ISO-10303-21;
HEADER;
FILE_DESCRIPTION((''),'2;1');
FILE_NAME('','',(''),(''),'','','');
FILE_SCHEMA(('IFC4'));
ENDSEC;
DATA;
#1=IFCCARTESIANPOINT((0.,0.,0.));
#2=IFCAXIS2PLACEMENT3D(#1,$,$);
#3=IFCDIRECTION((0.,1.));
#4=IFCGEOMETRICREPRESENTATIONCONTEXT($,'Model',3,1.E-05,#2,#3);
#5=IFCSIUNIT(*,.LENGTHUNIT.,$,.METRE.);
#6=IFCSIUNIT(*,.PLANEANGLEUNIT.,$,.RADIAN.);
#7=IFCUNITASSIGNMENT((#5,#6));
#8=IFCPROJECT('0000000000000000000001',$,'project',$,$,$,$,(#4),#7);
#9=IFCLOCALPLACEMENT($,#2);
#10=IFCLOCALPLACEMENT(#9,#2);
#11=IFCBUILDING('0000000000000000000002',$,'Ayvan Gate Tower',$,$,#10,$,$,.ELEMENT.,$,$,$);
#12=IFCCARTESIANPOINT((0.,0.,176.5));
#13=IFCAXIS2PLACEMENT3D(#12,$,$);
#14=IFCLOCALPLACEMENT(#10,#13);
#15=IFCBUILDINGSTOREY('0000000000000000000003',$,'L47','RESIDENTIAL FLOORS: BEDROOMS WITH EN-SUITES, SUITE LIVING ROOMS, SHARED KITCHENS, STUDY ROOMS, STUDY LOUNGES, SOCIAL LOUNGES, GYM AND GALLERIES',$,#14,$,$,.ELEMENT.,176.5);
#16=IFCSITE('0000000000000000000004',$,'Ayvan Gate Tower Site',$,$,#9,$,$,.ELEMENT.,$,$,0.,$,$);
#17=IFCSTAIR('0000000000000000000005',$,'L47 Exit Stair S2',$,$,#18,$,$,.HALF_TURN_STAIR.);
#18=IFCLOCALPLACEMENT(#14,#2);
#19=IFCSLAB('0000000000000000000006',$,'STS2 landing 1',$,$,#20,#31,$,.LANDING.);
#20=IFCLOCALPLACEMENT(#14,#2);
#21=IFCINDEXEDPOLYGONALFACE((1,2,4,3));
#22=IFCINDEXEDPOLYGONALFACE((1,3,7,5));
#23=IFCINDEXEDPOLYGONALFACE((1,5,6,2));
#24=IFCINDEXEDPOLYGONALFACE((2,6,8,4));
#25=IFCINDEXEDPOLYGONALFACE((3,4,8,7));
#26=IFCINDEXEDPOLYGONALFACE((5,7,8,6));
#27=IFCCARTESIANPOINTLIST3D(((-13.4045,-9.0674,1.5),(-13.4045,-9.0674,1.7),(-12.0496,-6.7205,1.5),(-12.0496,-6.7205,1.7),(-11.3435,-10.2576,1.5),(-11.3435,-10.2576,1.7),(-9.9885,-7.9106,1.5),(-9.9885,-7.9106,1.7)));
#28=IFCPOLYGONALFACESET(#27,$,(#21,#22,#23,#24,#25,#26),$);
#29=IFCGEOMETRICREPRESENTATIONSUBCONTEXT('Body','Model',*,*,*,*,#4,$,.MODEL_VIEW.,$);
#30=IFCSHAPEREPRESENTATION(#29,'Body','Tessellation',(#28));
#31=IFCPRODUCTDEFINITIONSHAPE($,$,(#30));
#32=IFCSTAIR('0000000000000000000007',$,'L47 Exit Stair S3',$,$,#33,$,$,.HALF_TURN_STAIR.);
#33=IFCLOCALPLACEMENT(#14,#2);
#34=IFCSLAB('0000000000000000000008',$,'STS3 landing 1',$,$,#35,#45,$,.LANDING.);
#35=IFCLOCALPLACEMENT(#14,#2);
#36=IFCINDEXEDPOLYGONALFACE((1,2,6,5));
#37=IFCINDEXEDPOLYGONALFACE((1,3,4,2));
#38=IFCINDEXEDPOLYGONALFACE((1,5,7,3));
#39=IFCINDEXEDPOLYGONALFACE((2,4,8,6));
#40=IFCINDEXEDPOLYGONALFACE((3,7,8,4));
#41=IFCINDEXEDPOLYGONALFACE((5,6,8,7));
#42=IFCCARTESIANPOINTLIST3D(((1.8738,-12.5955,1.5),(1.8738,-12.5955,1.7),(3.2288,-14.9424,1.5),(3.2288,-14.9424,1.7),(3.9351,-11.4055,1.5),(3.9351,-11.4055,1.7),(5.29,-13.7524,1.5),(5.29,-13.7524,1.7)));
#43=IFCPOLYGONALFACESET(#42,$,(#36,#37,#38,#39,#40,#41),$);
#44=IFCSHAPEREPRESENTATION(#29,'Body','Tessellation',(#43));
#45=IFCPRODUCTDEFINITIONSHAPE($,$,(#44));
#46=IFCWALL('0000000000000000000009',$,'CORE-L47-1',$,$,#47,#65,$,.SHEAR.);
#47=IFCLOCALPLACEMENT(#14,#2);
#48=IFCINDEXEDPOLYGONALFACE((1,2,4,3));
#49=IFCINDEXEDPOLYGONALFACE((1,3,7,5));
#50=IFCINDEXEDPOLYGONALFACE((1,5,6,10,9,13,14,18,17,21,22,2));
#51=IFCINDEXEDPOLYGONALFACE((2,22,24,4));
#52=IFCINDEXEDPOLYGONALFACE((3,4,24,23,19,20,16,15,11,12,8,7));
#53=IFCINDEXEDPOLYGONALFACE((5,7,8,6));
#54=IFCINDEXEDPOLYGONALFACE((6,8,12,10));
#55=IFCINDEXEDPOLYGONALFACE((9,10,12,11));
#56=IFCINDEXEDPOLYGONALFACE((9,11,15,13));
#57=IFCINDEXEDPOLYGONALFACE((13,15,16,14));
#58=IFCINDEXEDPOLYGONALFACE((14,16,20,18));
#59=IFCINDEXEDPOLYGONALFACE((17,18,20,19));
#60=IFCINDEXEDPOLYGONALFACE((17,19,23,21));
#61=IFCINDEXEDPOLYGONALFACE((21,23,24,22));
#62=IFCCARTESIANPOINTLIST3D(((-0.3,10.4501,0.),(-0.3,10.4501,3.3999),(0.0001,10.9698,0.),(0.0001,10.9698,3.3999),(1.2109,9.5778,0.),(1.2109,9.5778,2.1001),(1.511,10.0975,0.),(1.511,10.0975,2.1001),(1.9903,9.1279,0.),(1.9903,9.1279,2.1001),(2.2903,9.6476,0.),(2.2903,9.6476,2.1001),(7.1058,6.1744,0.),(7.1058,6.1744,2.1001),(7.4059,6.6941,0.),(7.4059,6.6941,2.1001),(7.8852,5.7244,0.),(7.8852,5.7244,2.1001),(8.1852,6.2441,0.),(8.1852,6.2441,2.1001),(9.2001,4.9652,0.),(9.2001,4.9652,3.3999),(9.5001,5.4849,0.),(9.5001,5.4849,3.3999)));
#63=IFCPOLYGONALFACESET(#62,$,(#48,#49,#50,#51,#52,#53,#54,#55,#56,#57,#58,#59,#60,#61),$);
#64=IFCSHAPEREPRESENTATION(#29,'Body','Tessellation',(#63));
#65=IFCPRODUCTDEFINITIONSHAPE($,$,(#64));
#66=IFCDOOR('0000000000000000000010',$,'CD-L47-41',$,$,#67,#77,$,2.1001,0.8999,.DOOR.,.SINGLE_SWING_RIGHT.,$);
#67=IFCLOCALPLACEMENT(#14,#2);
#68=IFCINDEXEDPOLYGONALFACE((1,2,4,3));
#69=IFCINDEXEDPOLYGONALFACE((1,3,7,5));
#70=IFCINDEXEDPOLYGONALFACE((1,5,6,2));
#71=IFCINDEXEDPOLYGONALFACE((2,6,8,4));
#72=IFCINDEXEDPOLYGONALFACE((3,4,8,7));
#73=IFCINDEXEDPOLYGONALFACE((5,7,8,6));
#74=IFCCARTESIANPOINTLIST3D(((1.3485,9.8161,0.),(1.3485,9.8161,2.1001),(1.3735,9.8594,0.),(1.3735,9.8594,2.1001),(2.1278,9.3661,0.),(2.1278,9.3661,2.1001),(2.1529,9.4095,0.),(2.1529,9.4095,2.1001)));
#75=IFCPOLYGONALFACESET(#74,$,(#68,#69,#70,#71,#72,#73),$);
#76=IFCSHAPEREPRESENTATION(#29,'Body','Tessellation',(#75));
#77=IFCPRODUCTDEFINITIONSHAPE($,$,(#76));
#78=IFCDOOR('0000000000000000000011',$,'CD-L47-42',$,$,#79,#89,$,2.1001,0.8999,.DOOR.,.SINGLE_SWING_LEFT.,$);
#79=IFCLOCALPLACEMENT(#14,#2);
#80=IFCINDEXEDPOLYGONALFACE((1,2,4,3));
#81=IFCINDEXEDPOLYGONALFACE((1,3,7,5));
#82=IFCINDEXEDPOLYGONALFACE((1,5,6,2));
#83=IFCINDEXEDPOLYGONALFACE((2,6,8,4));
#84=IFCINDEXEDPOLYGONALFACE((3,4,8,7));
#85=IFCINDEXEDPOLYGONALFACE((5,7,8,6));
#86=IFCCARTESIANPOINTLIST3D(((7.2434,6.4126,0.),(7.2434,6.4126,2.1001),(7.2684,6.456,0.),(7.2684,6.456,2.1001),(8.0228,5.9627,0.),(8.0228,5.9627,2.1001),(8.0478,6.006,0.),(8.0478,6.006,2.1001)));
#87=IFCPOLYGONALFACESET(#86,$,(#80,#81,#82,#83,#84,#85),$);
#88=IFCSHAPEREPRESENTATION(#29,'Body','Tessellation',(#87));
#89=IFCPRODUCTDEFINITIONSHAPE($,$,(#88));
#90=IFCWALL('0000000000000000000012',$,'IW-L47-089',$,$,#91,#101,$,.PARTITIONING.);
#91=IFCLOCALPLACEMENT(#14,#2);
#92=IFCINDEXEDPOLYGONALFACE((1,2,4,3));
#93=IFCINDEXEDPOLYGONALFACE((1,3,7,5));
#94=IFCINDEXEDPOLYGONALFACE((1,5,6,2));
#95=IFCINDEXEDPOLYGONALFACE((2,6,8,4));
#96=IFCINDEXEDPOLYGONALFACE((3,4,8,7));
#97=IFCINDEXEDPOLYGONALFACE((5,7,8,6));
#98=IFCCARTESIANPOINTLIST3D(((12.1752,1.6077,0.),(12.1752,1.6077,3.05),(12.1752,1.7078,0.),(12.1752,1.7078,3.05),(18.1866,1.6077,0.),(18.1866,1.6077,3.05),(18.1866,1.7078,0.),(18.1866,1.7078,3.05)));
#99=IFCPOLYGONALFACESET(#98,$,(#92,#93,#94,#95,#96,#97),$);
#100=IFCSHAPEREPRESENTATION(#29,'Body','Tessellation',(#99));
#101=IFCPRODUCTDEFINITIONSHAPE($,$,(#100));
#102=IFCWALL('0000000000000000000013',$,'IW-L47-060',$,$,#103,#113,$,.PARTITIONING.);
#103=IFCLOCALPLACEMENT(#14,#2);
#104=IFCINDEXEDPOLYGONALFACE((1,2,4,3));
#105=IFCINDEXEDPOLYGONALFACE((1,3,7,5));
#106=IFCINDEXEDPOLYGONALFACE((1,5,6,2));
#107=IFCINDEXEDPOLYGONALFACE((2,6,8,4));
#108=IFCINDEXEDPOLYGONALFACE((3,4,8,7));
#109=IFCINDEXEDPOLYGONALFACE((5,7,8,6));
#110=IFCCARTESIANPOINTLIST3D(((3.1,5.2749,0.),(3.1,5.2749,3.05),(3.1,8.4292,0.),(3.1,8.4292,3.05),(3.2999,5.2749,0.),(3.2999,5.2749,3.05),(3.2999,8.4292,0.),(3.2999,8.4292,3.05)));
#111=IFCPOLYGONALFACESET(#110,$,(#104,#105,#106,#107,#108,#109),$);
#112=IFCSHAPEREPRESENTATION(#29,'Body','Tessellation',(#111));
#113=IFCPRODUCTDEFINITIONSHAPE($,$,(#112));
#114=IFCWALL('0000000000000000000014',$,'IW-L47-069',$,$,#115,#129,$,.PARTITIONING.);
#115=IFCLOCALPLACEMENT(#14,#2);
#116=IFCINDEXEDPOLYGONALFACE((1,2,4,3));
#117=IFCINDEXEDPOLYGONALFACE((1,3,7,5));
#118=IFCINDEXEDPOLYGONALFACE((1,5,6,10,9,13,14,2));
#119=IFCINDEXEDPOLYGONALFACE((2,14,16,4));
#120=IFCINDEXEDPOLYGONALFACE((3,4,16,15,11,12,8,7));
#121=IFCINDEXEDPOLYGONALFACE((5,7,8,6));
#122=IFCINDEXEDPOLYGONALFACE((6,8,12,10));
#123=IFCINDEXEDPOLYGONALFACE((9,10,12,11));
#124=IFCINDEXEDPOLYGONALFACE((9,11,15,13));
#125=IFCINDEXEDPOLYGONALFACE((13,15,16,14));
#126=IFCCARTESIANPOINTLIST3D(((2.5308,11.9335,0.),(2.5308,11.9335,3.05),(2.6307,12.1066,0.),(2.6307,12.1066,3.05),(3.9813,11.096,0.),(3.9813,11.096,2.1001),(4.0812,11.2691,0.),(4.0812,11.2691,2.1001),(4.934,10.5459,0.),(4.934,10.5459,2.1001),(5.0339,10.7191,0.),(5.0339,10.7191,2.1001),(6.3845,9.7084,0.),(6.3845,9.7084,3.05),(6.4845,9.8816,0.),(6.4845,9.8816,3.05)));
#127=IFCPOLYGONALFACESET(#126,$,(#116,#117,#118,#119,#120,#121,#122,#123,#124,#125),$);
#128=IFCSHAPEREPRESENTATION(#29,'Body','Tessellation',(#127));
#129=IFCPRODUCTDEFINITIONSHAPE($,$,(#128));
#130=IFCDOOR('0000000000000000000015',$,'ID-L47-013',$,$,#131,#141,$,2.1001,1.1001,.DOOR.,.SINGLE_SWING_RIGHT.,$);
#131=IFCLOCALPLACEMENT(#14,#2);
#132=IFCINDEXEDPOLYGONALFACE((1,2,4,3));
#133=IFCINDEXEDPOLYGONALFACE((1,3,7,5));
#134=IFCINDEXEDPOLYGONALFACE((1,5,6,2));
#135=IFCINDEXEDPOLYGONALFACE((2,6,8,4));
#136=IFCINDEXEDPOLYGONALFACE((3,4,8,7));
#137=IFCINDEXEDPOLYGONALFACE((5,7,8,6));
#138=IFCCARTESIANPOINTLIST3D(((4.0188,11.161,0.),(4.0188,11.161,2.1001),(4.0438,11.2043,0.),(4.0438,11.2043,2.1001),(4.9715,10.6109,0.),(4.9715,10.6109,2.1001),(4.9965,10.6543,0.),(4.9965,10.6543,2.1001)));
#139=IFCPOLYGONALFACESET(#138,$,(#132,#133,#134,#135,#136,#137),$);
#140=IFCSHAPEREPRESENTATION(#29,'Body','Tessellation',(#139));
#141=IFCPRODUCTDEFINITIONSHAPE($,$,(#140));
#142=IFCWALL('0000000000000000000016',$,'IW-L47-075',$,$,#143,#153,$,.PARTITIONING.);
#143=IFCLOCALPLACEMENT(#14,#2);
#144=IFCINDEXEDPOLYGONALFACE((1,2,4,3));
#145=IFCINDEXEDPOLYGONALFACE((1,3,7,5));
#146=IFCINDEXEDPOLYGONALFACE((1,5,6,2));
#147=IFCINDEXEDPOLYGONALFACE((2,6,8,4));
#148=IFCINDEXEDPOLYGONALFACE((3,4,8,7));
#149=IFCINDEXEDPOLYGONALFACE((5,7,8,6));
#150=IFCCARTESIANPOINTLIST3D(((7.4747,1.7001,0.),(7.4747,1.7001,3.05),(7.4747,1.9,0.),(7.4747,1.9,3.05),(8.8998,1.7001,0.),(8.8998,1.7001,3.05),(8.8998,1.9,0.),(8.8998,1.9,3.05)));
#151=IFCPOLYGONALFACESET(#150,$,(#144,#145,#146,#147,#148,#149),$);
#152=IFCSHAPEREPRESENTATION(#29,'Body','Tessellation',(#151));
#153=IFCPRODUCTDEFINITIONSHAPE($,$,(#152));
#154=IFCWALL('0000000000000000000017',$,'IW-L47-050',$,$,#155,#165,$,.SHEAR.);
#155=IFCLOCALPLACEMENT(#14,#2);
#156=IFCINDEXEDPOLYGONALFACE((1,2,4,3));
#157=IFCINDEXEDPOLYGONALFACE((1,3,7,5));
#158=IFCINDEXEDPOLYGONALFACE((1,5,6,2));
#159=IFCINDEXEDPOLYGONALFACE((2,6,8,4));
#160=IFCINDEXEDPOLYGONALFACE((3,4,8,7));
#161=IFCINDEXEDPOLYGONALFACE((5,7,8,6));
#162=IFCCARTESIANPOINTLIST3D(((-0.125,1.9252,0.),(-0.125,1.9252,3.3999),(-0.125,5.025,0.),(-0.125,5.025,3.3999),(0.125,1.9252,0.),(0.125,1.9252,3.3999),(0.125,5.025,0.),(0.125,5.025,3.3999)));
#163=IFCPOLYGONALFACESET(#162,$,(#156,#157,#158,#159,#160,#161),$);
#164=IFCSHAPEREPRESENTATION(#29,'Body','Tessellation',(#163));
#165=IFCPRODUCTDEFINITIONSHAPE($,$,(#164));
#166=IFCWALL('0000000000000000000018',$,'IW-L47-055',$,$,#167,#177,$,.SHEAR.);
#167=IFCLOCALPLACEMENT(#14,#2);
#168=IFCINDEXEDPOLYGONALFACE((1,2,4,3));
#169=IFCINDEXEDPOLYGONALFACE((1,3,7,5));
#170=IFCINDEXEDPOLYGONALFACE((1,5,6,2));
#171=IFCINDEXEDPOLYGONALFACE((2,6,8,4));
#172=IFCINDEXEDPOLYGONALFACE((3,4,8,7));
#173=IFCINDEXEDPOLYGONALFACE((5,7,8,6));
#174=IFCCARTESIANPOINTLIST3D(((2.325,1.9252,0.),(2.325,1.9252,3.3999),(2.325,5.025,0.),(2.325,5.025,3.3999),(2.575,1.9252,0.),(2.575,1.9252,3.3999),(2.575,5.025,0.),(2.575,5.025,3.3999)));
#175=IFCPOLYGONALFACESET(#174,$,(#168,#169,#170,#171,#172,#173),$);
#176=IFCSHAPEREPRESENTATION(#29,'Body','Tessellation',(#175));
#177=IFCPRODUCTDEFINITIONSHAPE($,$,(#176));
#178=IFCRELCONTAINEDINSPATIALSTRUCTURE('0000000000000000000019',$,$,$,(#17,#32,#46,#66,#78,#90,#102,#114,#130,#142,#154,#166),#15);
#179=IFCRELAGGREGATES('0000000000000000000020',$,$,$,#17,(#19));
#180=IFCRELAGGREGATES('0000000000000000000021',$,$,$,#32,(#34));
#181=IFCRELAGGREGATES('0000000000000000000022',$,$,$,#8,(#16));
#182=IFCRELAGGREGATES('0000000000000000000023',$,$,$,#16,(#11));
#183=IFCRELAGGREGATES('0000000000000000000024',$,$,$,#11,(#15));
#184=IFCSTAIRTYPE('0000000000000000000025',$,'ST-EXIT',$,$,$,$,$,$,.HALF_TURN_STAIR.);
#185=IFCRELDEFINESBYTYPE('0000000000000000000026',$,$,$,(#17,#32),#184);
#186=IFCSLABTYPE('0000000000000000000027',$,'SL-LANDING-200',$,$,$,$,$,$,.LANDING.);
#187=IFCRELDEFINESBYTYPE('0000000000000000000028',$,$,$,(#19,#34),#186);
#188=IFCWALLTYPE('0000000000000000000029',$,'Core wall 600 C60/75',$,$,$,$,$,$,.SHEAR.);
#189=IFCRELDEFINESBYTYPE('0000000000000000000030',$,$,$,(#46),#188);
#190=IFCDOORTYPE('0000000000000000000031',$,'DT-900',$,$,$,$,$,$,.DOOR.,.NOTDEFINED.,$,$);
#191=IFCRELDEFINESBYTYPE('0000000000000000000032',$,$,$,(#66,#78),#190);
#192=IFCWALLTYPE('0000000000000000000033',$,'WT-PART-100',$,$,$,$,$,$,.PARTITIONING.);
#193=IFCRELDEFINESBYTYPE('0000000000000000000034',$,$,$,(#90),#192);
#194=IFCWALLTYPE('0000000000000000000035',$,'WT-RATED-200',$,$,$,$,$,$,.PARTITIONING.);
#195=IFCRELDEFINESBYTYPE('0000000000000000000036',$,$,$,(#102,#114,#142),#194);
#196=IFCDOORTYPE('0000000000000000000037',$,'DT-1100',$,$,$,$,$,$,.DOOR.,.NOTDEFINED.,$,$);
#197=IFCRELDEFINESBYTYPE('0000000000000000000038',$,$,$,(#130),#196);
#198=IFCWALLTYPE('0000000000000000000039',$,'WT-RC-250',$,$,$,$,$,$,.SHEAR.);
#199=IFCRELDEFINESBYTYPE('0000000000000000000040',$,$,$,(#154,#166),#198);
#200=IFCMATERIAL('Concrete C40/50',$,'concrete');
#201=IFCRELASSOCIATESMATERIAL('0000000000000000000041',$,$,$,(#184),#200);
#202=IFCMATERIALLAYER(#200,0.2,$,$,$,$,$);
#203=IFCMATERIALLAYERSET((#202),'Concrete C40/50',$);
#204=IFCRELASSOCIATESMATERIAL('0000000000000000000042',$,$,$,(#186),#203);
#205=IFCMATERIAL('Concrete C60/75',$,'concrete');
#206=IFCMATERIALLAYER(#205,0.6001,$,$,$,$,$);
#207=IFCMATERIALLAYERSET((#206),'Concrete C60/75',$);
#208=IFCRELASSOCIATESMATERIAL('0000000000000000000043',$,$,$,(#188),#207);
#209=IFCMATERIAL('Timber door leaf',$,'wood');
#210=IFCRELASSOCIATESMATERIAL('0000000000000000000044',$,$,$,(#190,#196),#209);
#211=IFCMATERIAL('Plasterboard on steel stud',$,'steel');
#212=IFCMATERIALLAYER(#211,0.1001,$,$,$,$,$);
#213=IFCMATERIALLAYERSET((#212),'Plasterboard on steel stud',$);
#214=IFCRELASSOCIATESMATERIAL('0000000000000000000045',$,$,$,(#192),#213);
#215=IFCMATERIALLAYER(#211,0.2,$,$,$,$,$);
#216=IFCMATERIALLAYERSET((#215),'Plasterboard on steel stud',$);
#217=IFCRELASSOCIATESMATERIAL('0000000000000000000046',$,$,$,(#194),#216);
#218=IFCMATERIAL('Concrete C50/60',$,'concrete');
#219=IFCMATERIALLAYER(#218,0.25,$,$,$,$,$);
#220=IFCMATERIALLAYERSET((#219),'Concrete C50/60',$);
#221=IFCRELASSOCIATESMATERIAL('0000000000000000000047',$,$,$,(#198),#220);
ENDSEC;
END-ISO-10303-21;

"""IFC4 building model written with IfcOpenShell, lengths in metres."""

from ifc_helpers import new_model, si_unit, direction, frame, frame_2d, origin, place, context, subcontext, project, spatial, polyline, rectangle, outline, extrude, material, layer, layer_set, type_object, element, fill, aggregate, save


model = new_model("IFC4")

# Units and contexts
model_context = context("Model", 3, precision=1e-05, world=origin(), true_north=direction((0.0, 1.0)))
body_context = subcontext(model_context, "Body", "Model", "MODEL_VIEW")
ifc_project = project(units=[si_unit("LENGTHUNIT", "METRE"), si_unit("PLANEANGLEUNIT", "RADIAN")], contexts=[model_context])

# Site, building, storey
site_placement = place(None, origin())
site = spatial("IfcSite", under=ifc_project, at=site_placement, Name="Ayvan Gate Tower Site", CompositionType="ELEMENT", RefElevation=0.0)
building_placement = place(site_placement, origin())
building = spatial("IfcBuilding", under=site, at=building_placement, Name="Ayvan Gate Tower", CompositionType="ELEMENT")
storey_placement = place(building_placement, frame((0.0, 0.0, 176.5)))
storey = spatial("IfcBuildingStorey", under=building, at=storey_placement, Name="L47", Description="RESIDENTIAL FLOORS: BEDROOMS WITH EN-SUITES, SUITE LIVING ROOMS, SHARED KITCHENS, STUDY ROOMS, STUDY LOUNGES, SOCIAL LOUNGES, GYM AND GALLERIES", CompositionType="ELEMENT", Elevation=176.5)

# Stairs, slabs
ifc_material_1 = material(Name="Concrete C40/50", Category="concrete")
stair_type = type_object("IfcStairType", Name="ST-EXIT", PredefinedType="HALF_TURN_STAIR", material=ifc_material_1)
stair_1_placement = place(storey_placement, origin())
stair_1 = element("IfcStair", 1, at=stair_1_placement, inside=storey, type_object=stair_type, Name="L47 Exit Stair S2", PredefinedType="HALF_TURN_STAIR")
ifc_layer_1 = layer(ifc_material_1, 0.2)
ifc_layer_set_1 = layer_set([ifc_layer_1], Name="Concrete C40/50")
slab_type = type_object("IfcSlabType", Name="SL-LANDING-200", PredefinedType="LANDING", material=ifc_layer_set_1)
slab_1_placement = place(storey_placement, frame((0.0, 0.0, 1.5)))
slab_1 = element("IfcSlab", 2, at=slab_1_placement, type_object=slab_type, Name="STS2 landing 1", PredefinedType="LANDING", context=body_context, shape_type="SweptSolid", body=[
    extrude(outline(polyline([(-9.9885, -7.9106), (-12.0496, -6.7205), (-13.4045, -9.0674), (-11.3435, -10.2576), (-9.9885, -7.9106)])), origin(), (0.0, 0.0, 1.0), 0.2),
])
aggregate(stair_1, [slab_1])
stair_2_placement = place(storey_placement, origin())
stair_2 = element("IfcStair", 3, at=stair_2_placement, inside=storey, type_object=stair_type, Name="L47 Exit Stair S3", PredefinedType="HALF_TURN_STAIR")
slab_2_placement = place(storey_placement, frame((0.0, 0.0, 1.5)))
slab_2 = element("IfcSlab", 4, at=slab_2_placement, type_object=slab_type, Name="STS3 landing 1", PredefinedType="LANDING", context=body_context, shape_type="SweptSolid", body=[
    extrude(outline(polyline([(3.9351, -11.4055), (1.8738, -12.5955), (3.2288, -14.9424), (5.29, -13.7524), (3.9351, -11.4055)])), origin(), (0.0, 0.0, 1.0), 0.2),
])
aggregate(stair_2, [slab_2])

# Wall, openings, doors
ifc_material_2 = material(Name="Concrete C60/75", Category="concrete")
ifc_layer_2 = layer(ifc_material_2, 0.6001)
ifc_layer_set_2 = layer_set([ifc_layer_2], Name="Concrete C60/75")
wall_type_1 = type_object("IfcWallType", Name="Core wall 600 C60/75", PredefinedType="SHEAR", material=ifc_layer_set_2)
wall_1_placement = place(storey_placement, frame((9.3501, 5.2251, 0.0), z_axis=(0.0, 0.0, 1.0), x_axis=(-0.866024, 0.500002, 0.0)))
wall_1 = element("IfcWall", 5, at=wall_1_placement, inside=storey, type_object=wall_type_1, Name="CORE-L47-1", PredefinedType="SHEAR", context=body_context, shape_type="SweptSolid", body=[
    extrude(rectangle(XDim=10.9697, YDim=0.6001, at=frame_2d((5.4849, 0.0))), origin(), (0.0, 0.0, 1.0), 3.3999),
])
opening_1_placement = place(wall_1_placement, frame((8.3252, 0.0, 0.0)))
opening_1 = element("IfcOpeningElement", 6, at=opening_1_placement, cuts=wall_1, PredefinedType="OPENING", context=body_context, shape_type="SweptSolid", body=[
    extrude(rectangle(XDim=0.8999, YDim=2.1001, at=frame_2d((0.45, 1.05))), frame((0.0, 0.3101, 0.0), z_axis=(0.0, -1.0, 0.0), x_axis=(1.0, 0.0, 0.0)), (0.0, 0.0, 1.0), 0.6201),
])
opening_2_placement = place(wall_1_placement, frame((1.5183, 0.0, 0.0)))
opening_2 = element("IfcOpeningElement", 7, at=opening_2_placement, cuts=wall_1, PredefinedType="OPENING", context=body_context, shape_type="SweptSolid", body=[
    extrude(rectangle(XDim=0.8999, YDim=2.1001, at=frame_2d((0.45, 1.05))), frame((0.0, 0.3101, 0.0), z_axis=(0.0, -1.0, 0.0), x_axis=(1.0, 0.0, 0.0)), (0.0, 0.0, 1.0), 0.6201),
])
ifc_material_3 = material(Name="Timber door leaf", Category="wood")
door_type_1 = type_object("IfcDoorType", Name="DT-900", OperationType="NOTDEFINED", PredefinedType="DOOR", material=ifc_material_3)
door_1_placement = place(opening_1_placement, origin())
door_1 = element("IfcDoor", 8, at=door_1_placement, inside=storey, type_object=door_type_1, Name="CD-L47-41", OperationType="SINGLE_SWING_RIGHT", OverallHeight=2.1001, OverallWidth=0.8999, PredefinedType="DOOR", context=body_context, shape_type="SweptSolid", body=[
    extrude(rectangle(XDim=0.8999, YDim=2.1001, at=frame_2d((0.45, 1.05))), frame((0.0, 0.0249, 0.0), z_axis=(0.0, -1.0, 0.0), x_axis=(1.0, 0.0, 0.0)), (0.0, 0.0, 1.0), 0.05),
])
fill(opening_1, door_1)
door_2_placement = place(opening_2_placement, origin())
door_2 = element("IfcDoor", 9, at=door_2_placement, inside=storey, type_object=door_type_1, Name="CD-L47-42", OperationType="SINGLE_SWING_LEFT", OverallHeight=2.1001, OverallWidth=0.8999, PredefinedType="DOOR", context=body_context, shape_type="SweptSolid", body=[
    extrude(rectangle(XDim=0.8999, YDim=2.1001, at=frame_2d((0.45, 1.05))), frame((0.0, 0.0249, 0.0), z_axis=(0.0, -1.0, 0.0), x_axis=(1.0, 0.0, 0.0)), (0.0, 0.0, 1.0), 0.05),
])
fill(opening_2, door_2)

# Walls
ifc_material_4 = material(Name="Plasterboard on steel stud", Category="steel")
ifc_layer_3 = layer(ifc_material_4, 0.1001)
ifc_layer_set_3 = layer_set([ifc_layer_3], Name="Plasterboard on steel stud")
wall_type_2 = type_object("IfcWallType", Name="WT-PART-100", PredefinedType="PARTITIONING", material=ifc_layer_set_3)
wall_2_placement = place(storey_placement, frame((12.175, 1.6577, 0.0), z_axis=(0.0, 0.0, 1.0), x_axis=(1.0, 0.0, 0.0)))
element("IfcWall", 10, at=wall_2_placement, inside=storey, type_object=wall_type_2, Name="IW-L47-089", PredefinedType="PARTITIONING", context=body_context, shape_type="SweptSolid", body=[
    extrude(rectangle(XDim=6.0115, YDim=0.1001, at=frame_2d((3.0059, 0.0))), origin(), (0.0, 0.0, 1.0), 3.05),
])
ifc_layer_4 = layer(ifc_material_4, 0.2)
ifc_layer_set_4 = layer_set([ifc_layer_4], Name="Plasterboard on steel stud")
wall_type_3 = type_object("IfcWallType", Name="WT-RATED-200", PredefinedType="PARTITIONING", material=ifc_layer_set_4)
wall_3_placement = place(storey_placement, frame((3.2, 8.4292, 0.0), z_axis=(0.0, 0.0, 1.0), x_axis=(0.0, -1.0, 0.0)))
element("IfcWall", 11, at=wall_3_placement, inside=storey, type_object=wall_type_3, Name="IW-L47-060", PredefinedType="PARTITIONING", context=body_context, shape_type="SweptSolid", body=[
    extrude(rectangle(XDim=3.1543, YDim=0.2, at=frame_2d((1.5771, 0.0))), origin(), (0.0, 0.0, 1.0), 3.05),
])

# Wall, opening, door
wall_4_placement = place(storey_placement, frame((6.4346, 9.7949, 0.0), z_axis=(0.0, 0.0, 1.0), x_axis=(-0.866013, 0.500022, 0.0)))
wall_4 = element("IfcWall", 12, at=wall_4_placement, inside=storey, type_object=wall_type_3, Name="IW-L47-069", PredefinedType="PARTITIONING", context=body_context, shape_type="SweptSolid", body=[
    extrude(rectangle(XDim=4.45, YDim=0.2, at=frame_2d((2.2251, 0.0))), origin(), (0.0, 0.0, 1.0), 3.05),
])
opening_3_placement = place(wall_4_placement, frame((1.675, 0.0, 0.0)))
opening_3 = element("IfcOpeningElement", 13, at=opening_3_placement, cuts=wall_4, PredefinedType="OPENING", context=body_context, shape_type="SweptSolid", body=[
    extrude(rectangle(XDim=1.1001, YDim=2.1001, at=frame_2d((0.55, 1.05))), frame((0.0, 0.1099, 0.0), z_axis=(0.0, -1.0, 0.0), x_axis=(1.0, 0.0, 0.0)), (0.0, 0.0, 1.0), 0.22),
])
door_type_2 = type_object("IfcDoorType", Name="DT-1100", OperationType="NOTDEFINED", PredefinedType="DOOR", material=ifc_material_3)
door_3_placement = place(opening_3_placement, origin())
door_3 = element("IfcDoor", 14, at=door_3_placement, inside=storey, type_object=door_type_2, Name="ID-L47-013", OperationType="SINGLE_SWING_RIGHT", OverallHeight=2.1001, OverallWidth=1.1001, PredefinedType="DOOR", context=body_context, shape_type="SweptSolid", body=[
    extrude(rectangle(XDim=1.1001, YDim=2.1001, at=frame_2d((0.55, 1.05))), frame((0.0, 0.0249, 0.0), z_axis=(0.0, -1.0, 0.0), x_axis=(1.0, 0.0, 0.0)), (0.0, 0.0, 1.0), 0.05),
])
fill(opening_3, door_3)

# Walls
wall_5_placement = place(storey_placement, frame((7.4749, 1.8, 0.0), z_axis=(0.0, 0.0, 1.0), x_axis=(1.0, 0.0, 0.0)))
element("IfcWall", 15, at=wall_5_placement, inside=storey, type_object=wall_type_3, Name="IW-L47-075", PredefinedType="PARTITIONING", context=body_context, shape_type="SweptSolid", body=[
    extrude(rectangle(XDim=1.425, YDim=0.2, at=frame_2d((0.7124, 0.0))), origin(), (0.0, 0.0, 1.0), 3.05),
])
ifc_material_5 = material(Name="Concrete C50/60", Category="concrete")
ifc_layer_5 = layer(ifc_material_5, 0.25)
ifc_layer_set_5 = layer_set([ifc_layer_5], Name="Concrete C50/60")
wall_type_4 = type_object("IfcWallType", Name="WT-RC-250", PredefinedType="SHEAR", material=ifc_layer_set_5)
for number, where, z_axis, x_axis, name in (
    (16, (0.0, 5.0249, 0.0), (0.0, 0.0, 1.0), (0.0, -1.0, 0.0), "IW-L47-050"),
    (17, (2.45, 5.0249, 0.0), (0.0, 0.0, 1.0), (0.0, -1.0, 0.0), "IW-L47-055"),
):
    element("IfcWall", number, at=place(storey_placement, frame(where, z_axis=z_axis, x_axis=x_axis)), inside=storey, type_object=wall_type_4, Name=name, PredefinedType="SHEAR", context=body_context, shape_type="SweptSolid", body=[
        extrude(rectangle(XDim=3.0999, YDim=0.25, at=frame_2d((1.5498, 0.0))), origin(), (0.0, 0.0, 1.0), 3.3999),
    ])

save(model, "model.ifc")
